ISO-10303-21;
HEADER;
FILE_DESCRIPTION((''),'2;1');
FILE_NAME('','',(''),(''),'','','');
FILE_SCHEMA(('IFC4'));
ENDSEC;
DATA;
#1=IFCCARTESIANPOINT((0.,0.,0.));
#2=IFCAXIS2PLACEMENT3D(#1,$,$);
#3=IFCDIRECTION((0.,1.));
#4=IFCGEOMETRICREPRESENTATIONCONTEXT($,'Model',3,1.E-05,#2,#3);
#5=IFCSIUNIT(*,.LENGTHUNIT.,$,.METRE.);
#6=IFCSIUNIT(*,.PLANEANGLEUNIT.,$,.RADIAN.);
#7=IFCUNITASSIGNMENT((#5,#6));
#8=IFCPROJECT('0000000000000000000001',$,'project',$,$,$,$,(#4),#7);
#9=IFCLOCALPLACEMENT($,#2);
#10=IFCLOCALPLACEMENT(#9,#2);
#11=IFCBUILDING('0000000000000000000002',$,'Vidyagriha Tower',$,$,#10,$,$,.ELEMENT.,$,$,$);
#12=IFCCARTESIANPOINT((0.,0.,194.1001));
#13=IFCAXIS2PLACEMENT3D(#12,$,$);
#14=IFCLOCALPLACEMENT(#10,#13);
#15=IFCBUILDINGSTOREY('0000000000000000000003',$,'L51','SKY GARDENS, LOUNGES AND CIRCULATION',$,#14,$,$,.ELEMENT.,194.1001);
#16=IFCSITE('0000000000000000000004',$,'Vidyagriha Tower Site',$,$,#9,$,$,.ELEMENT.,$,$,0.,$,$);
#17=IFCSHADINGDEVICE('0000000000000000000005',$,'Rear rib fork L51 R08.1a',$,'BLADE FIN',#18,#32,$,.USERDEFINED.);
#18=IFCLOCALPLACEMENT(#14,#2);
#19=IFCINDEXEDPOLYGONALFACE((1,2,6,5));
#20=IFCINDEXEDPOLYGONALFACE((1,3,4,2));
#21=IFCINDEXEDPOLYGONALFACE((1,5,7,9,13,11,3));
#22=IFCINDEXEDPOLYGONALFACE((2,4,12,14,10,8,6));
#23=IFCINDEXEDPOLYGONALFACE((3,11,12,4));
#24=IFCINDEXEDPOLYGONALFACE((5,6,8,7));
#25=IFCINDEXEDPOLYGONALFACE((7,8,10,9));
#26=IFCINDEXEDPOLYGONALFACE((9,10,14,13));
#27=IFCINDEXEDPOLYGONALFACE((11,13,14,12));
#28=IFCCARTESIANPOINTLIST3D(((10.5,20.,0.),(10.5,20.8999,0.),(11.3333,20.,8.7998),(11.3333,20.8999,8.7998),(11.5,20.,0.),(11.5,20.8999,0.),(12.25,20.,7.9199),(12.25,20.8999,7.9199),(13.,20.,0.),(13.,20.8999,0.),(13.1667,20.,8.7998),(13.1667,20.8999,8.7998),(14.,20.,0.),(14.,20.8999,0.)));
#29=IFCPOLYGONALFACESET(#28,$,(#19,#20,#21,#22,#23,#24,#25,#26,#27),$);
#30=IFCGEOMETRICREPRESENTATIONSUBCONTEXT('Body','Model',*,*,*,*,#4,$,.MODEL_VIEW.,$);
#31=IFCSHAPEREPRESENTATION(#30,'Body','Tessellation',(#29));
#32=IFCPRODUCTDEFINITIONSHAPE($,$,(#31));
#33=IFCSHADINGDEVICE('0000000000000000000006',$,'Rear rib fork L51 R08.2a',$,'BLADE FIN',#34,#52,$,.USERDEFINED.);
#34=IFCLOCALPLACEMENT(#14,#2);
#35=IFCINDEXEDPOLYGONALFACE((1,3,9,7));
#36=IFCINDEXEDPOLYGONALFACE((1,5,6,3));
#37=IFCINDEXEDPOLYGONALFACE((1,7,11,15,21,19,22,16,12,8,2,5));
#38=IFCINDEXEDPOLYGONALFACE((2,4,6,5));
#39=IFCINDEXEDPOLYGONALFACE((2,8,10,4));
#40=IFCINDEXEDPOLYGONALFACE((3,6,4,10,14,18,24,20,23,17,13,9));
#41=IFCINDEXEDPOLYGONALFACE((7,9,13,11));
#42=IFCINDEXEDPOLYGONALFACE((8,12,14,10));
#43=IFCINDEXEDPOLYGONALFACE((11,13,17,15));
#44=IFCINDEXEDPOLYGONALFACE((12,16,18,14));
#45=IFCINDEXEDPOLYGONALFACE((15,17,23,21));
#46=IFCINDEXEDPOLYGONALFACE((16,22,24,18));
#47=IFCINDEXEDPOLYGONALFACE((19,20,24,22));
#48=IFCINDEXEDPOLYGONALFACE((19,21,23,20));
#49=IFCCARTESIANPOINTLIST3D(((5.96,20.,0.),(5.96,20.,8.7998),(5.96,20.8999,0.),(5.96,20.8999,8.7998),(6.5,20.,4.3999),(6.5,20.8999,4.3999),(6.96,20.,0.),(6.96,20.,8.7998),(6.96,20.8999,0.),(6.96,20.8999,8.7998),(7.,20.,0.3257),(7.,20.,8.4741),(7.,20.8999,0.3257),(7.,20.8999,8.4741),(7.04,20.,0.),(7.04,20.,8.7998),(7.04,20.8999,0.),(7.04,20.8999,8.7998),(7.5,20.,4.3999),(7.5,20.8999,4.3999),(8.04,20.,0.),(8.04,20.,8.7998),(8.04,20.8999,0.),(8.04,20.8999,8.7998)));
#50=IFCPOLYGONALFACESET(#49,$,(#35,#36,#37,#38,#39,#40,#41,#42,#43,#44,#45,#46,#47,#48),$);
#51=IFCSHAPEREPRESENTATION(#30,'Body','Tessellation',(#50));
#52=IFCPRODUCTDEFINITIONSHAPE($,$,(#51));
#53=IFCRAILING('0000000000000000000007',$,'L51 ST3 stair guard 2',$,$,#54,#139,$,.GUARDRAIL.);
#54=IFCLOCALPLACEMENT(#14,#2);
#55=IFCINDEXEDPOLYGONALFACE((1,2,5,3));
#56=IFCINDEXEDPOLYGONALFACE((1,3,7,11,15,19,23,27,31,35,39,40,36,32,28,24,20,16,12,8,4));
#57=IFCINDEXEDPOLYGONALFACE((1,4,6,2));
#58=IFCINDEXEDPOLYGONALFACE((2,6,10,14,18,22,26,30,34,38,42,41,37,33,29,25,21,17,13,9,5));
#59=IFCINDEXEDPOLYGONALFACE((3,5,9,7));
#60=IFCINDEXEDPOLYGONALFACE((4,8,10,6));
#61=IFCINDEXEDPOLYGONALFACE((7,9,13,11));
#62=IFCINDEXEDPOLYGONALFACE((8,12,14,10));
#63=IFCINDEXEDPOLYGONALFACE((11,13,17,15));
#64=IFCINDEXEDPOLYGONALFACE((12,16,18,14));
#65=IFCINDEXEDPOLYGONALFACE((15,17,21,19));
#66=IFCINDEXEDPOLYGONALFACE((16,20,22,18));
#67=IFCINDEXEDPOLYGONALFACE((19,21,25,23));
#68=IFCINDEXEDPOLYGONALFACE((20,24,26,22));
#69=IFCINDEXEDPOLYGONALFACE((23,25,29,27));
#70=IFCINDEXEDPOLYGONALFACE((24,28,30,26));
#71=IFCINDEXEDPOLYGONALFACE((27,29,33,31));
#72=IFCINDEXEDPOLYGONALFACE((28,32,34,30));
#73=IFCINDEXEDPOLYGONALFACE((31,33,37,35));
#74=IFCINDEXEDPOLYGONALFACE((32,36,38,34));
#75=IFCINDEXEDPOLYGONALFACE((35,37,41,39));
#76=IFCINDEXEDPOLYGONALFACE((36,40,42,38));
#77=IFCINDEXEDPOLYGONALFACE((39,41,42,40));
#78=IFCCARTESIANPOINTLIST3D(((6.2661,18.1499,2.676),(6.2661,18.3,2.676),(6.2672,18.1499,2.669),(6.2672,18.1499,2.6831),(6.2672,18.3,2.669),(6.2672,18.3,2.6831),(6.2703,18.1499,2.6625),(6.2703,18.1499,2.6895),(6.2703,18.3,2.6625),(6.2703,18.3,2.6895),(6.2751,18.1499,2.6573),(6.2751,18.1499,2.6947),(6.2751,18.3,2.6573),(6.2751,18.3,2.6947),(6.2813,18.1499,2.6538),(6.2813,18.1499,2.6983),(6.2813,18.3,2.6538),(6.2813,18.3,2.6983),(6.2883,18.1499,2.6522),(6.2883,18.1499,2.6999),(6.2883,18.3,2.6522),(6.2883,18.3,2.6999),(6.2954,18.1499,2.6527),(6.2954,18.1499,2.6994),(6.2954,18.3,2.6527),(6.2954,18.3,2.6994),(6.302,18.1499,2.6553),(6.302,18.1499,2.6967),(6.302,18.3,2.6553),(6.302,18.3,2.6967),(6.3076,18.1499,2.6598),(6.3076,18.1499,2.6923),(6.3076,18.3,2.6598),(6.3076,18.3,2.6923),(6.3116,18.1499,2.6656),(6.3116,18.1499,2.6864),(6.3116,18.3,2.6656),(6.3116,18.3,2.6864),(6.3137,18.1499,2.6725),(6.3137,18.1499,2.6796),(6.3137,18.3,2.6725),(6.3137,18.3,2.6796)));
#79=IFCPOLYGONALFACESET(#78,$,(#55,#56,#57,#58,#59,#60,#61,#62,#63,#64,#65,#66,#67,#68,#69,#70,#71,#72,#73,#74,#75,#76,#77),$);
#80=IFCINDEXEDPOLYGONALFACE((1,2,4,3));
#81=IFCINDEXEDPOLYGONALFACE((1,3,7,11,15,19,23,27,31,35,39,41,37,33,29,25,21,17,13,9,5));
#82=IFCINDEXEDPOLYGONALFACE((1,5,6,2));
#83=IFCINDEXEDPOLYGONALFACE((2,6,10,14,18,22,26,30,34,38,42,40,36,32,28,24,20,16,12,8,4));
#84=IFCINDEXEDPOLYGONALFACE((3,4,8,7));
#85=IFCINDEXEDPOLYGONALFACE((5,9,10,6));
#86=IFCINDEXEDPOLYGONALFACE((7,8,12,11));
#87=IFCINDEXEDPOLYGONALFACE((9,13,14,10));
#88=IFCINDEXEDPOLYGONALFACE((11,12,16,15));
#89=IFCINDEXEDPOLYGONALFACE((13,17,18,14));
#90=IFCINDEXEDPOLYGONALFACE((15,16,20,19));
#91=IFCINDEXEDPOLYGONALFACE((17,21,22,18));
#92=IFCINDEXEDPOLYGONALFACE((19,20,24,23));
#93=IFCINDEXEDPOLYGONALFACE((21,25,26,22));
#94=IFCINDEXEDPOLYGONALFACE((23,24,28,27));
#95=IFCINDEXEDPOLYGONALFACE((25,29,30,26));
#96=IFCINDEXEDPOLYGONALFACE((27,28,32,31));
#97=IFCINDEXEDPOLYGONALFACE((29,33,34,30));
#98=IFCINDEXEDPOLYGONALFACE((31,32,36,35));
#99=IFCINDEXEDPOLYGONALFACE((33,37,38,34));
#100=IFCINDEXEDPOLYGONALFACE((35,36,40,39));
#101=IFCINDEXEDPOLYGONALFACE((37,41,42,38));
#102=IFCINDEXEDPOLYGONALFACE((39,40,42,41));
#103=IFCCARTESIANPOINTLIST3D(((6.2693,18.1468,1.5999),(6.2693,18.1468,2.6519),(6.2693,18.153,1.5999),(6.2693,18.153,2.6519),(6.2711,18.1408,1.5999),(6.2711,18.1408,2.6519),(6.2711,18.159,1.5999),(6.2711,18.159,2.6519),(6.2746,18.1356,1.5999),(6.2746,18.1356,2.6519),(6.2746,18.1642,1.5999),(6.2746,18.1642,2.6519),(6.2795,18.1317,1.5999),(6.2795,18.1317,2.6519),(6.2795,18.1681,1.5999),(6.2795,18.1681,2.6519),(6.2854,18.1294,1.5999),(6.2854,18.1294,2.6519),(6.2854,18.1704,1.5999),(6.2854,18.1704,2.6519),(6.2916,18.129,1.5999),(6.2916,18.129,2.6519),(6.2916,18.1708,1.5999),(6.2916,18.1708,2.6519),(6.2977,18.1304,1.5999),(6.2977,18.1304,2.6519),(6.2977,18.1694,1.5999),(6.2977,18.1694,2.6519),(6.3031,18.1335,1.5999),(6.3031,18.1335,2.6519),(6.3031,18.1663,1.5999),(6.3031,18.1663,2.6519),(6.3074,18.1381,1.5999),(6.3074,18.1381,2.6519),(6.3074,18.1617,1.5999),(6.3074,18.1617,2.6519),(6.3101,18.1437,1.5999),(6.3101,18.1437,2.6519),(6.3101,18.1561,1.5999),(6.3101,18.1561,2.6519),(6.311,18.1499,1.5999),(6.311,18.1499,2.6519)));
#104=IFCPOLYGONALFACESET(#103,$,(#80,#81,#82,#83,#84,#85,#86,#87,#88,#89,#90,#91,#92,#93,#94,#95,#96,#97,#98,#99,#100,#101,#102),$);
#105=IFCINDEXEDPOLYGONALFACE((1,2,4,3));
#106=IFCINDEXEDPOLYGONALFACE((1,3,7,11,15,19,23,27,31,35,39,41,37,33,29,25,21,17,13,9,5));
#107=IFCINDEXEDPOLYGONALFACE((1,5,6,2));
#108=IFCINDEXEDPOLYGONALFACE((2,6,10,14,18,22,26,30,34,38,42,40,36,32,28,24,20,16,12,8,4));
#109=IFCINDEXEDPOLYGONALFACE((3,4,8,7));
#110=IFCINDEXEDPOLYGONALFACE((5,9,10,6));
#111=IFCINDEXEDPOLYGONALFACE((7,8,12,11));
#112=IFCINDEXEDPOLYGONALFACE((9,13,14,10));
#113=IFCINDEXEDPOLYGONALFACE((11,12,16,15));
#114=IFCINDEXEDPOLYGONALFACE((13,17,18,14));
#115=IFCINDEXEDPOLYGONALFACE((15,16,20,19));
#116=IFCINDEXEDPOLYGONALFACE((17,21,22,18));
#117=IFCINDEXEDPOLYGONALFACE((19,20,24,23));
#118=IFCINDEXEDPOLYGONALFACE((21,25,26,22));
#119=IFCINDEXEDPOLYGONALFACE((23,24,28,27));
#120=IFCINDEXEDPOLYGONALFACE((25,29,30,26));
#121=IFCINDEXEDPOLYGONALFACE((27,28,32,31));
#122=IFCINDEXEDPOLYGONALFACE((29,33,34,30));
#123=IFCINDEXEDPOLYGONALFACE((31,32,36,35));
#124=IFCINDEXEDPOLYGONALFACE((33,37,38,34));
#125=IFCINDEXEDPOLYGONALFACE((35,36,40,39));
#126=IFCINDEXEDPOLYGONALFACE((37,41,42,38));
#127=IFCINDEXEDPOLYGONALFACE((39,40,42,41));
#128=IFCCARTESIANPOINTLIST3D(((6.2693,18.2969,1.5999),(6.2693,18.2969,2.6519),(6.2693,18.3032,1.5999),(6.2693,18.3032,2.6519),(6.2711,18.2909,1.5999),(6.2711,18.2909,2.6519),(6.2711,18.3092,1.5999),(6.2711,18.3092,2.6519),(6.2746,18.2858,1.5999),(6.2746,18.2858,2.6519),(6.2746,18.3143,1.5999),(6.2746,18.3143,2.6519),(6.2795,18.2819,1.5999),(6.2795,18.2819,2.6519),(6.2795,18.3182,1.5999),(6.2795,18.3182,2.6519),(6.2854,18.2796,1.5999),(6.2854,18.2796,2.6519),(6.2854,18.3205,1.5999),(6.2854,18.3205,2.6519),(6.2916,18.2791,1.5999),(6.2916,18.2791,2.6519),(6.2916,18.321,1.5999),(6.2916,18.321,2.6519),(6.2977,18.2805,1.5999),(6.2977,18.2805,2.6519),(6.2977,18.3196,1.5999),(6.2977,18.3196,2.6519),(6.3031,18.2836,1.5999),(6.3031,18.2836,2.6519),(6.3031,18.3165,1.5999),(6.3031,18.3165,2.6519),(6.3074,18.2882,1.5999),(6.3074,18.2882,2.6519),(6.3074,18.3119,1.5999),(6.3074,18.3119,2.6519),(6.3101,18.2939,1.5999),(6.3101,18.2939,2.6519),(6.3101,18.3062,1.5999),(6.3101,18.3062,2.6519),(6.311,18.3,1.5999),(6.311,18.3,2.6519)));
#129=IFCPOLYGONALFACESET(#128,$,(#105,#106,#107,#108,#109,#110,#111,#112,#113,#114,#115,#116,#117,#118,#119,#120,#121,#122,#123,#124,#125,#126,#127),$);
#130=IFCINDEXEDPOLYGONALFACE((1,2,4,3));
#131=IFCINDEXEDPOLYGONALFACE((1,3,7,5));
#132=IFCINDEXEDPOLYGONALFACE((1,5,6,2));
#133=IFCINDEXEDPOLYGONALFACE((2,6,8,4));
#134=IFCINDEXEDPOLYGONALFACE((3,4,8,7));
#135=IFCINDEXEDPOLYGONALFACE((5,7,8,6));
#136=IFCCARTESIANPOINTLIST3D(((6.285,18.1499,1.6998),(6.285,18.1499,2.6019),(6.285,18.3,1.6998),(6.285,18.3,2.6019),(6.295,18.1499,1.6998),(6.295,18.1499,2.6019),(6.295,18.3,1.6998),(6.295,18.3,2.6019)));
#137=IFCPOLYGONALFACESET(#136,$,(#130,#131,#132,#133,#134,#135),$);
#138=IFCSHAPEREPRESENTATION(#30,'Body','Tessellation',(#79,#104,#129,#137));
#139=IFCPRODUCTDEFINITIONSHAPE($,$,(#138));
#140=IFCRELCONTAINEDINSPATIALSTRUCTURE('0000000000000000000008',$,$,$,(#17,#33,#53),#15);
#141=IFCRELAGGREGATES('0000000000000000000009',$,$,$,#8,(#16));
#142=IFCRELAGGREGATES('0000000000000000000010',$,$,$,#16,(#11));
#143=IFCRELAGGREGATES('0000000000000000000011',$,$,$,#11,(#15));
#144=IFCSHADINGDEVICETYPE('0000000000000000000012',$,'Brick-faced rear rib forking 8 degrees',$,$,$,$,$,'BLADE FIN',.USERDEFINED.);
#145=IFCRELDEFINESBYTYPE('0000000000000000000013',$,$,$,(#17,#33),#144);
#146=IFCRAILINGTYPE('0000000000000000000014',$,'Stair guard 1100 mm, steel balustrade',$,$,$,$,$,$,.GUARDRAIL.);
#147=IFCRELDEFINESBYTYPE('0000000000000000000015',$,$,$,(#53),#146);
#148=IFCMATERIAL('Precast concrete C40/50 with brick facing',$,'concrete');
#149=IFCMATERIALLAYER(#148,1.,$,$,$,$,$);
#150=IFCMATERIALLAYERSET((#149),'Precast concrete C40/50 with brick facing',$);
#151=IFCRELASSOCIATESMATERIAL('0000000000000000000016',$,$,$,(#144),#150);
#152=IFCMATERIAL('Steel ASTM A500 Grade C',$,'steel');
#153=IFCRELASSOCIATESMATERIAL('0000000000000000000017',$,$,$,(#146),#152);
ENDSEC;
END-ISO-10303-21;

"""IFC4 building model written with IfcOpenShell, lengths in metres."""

from ifc_helpers import new_model, si_unit, direction, frame, origin, origin_2d, place, context, subcontext, project, spatial, polyline, rectangle, circle, outline, extrude, material, layer, layer_set, type_object, element, save


model = new_model("IFC4")

# Units and contexts
model_context = context("Model", 3, precision=1e-05, world=origin(), true_north=direction((0.0, 1.0)))
body_context = subcontext(model_context, "Body", "Model", "MODEL_VIEW")
ifc_project = project(units=[si_unit("LENGTHUNIT", "METRE"), si_unit("PLANEANGLEUNIT", "RADIAN")], contexts=[model_context])

# Site, building, storey
site_placement = place(None, origin())
site = spatial("IfcSite", under=ifc_project, at=site_placement, Name="Vidyagriha Tower Site", CompositionType="ELEMENT", RefElevation=0.0)
building_placement = place(site_placement, origin())
building = spatial("IfcBuilding", under=site, at=building_placement, Name="Vidyagriha Tower", CompositionType="ELEMENT")
storey_placement = place(building_placement, frame((0.0, 0.0, 194.1001)))
storey = spatial("IfcBuildingStorey", under=building, at=storey_placement, Name="L51", Description="SKY GARDENS, LOUNGES AND CIRCULATION", CompositionType="ELEMENT", Elevation=194.1001)

# Shading devices
ifc_material_1 = material(Name="Precast concrete C40/50 with brick facing", Category="concrete")
ifc_layer_1 = layer(ifc_material_1, 1.0)
ifc_layer_set_1 = layer_set([ifc_layer_1], Name="Precast concrete C40/50 with brick facing")
shading_device_type = type_object("IfcShadingDeviceType", Name="Brick-faced rear rib forking 8 degrees", ElementType="BLADE FIN", PredefinedType="USERDEFINED", material=ifc_layer_set_1)
shading_device_1_placement = place(storey_placement, frame((14.0, 20.45, 0.0), z_axis=(0.0, 0.0, 1.0), x_axis=(-1.0, 0.0, 0.0)))
element("IfcShadingDevice", 1, at=shading_device_1_placement, inside=storey, type_object=shading_device_type, Name="Rear rib fork L51 R08.1a", ObjectType="BLADE FIN", PredefinedType="USERDEFINED", context=body_context, shape_type="SweptSolid", body=[
    extrude(outline(polyline([(1.0, 0.0), (1.75, 7.9199), (2.5, 0.0), (3.5, 0.0), (2.6667, 8.7998), (0.8333, 8.7998), (0.0, 0.0), (1.0, 0.0)])), frame((0.0, 0.45, 0.0), z_axis=(0.0, -1.0, 0.0), x_axis=(1.0, 0.0, 0.0)), (0.0, 0.0, 1.0), 0.8999),
])
shading_device_2_placement = place(storey_placement, frame((8.04, 20.45, 0.0), z_axis=(0.0, 0.0, 1.0), x_axis=(-1.0, 0.0, 0.0)))
element("IfcShadingDevice", 2, at=shading_device_2_placement, inside=storey, type_object=shading_device_type, Name="Rear rib fork L51 R08.2a", ObjectType="BLADE FIN", PredefinedType="USERDEFINED", context=body_context, shape_type="SweptSolid", body=[
    extrude(outline(polyline([(1.0, 0.0), (1.04, 0.3257), (1.0801, 0.0), (2.0801, 0.0), (1.54, 4.3999), (2.0801, 8.7998), (1.0801, 8.7998), (1.04, 8.4741), (1.0, 8.7998), (0.0, 8.7998), (0.54, 4.3999), (0.0, 0.0), (1.0, 0.0)])), frame((0.0, 0.45, 0.0), z_axis=(0.0, -1.0, 0.0), x_axis=(1.0, 0.0, 0.0)), (0.0, 0.0, 1.0), 0.8999),
])

# Railing
ifc_material_2 = material(Name="Steel ASTM A500 Grade C", Category="steel")
railing_type_1 = type_object("IfcRailingType", Name="Stair guard 1100 mm, steel balustrade", PredefinedType="GUARDRAIL", material=ifc_material_2)
for number, where, name in (
    (3, (6.29, 18.1499, 1.5999), "L51 ST3 stair guard 2"),
):
    element("IfcRailing", number, at=place(storey_placement, frame(where)), inside=storey, type_object=railing_type_1, Name=name, PredefinedType="GUARDRAIL", context=body_context, shape_type="SweptSolid", body=[
        extrude(circle(Radius=0.0239, at=origin_2d()), frame((0.0, 0.0, 1.0762), z_axis=(0.0, 1.0, 0.0), x_axis=(-1.0, 0.0, 0.0)), (0.0, 0.0, 1.0), 0.1501),
        extrude(circle(Radius=0.021, at=origin_2d()), origin(), (0.0, 0.0, 1.0), 1.052),
        extrude(circle(Radius=0.021, at=origin_2d()), frame((0.0, 0.1501, 0.0)), (0.0, 0.0, 1.0), 1.052),
        extrude(rectangle(XDim=0.01, YDim=0.9021, at=origin_2d()), frame((0.0, 0.0, 0.551), z_axis=(0.0, 1.0, 0.0), x_axis=(-1.0, 0.0, 0.0)), (0.0, 0.0, 1.0), 0.1501),
    ])

save(model, "model.ifc")
